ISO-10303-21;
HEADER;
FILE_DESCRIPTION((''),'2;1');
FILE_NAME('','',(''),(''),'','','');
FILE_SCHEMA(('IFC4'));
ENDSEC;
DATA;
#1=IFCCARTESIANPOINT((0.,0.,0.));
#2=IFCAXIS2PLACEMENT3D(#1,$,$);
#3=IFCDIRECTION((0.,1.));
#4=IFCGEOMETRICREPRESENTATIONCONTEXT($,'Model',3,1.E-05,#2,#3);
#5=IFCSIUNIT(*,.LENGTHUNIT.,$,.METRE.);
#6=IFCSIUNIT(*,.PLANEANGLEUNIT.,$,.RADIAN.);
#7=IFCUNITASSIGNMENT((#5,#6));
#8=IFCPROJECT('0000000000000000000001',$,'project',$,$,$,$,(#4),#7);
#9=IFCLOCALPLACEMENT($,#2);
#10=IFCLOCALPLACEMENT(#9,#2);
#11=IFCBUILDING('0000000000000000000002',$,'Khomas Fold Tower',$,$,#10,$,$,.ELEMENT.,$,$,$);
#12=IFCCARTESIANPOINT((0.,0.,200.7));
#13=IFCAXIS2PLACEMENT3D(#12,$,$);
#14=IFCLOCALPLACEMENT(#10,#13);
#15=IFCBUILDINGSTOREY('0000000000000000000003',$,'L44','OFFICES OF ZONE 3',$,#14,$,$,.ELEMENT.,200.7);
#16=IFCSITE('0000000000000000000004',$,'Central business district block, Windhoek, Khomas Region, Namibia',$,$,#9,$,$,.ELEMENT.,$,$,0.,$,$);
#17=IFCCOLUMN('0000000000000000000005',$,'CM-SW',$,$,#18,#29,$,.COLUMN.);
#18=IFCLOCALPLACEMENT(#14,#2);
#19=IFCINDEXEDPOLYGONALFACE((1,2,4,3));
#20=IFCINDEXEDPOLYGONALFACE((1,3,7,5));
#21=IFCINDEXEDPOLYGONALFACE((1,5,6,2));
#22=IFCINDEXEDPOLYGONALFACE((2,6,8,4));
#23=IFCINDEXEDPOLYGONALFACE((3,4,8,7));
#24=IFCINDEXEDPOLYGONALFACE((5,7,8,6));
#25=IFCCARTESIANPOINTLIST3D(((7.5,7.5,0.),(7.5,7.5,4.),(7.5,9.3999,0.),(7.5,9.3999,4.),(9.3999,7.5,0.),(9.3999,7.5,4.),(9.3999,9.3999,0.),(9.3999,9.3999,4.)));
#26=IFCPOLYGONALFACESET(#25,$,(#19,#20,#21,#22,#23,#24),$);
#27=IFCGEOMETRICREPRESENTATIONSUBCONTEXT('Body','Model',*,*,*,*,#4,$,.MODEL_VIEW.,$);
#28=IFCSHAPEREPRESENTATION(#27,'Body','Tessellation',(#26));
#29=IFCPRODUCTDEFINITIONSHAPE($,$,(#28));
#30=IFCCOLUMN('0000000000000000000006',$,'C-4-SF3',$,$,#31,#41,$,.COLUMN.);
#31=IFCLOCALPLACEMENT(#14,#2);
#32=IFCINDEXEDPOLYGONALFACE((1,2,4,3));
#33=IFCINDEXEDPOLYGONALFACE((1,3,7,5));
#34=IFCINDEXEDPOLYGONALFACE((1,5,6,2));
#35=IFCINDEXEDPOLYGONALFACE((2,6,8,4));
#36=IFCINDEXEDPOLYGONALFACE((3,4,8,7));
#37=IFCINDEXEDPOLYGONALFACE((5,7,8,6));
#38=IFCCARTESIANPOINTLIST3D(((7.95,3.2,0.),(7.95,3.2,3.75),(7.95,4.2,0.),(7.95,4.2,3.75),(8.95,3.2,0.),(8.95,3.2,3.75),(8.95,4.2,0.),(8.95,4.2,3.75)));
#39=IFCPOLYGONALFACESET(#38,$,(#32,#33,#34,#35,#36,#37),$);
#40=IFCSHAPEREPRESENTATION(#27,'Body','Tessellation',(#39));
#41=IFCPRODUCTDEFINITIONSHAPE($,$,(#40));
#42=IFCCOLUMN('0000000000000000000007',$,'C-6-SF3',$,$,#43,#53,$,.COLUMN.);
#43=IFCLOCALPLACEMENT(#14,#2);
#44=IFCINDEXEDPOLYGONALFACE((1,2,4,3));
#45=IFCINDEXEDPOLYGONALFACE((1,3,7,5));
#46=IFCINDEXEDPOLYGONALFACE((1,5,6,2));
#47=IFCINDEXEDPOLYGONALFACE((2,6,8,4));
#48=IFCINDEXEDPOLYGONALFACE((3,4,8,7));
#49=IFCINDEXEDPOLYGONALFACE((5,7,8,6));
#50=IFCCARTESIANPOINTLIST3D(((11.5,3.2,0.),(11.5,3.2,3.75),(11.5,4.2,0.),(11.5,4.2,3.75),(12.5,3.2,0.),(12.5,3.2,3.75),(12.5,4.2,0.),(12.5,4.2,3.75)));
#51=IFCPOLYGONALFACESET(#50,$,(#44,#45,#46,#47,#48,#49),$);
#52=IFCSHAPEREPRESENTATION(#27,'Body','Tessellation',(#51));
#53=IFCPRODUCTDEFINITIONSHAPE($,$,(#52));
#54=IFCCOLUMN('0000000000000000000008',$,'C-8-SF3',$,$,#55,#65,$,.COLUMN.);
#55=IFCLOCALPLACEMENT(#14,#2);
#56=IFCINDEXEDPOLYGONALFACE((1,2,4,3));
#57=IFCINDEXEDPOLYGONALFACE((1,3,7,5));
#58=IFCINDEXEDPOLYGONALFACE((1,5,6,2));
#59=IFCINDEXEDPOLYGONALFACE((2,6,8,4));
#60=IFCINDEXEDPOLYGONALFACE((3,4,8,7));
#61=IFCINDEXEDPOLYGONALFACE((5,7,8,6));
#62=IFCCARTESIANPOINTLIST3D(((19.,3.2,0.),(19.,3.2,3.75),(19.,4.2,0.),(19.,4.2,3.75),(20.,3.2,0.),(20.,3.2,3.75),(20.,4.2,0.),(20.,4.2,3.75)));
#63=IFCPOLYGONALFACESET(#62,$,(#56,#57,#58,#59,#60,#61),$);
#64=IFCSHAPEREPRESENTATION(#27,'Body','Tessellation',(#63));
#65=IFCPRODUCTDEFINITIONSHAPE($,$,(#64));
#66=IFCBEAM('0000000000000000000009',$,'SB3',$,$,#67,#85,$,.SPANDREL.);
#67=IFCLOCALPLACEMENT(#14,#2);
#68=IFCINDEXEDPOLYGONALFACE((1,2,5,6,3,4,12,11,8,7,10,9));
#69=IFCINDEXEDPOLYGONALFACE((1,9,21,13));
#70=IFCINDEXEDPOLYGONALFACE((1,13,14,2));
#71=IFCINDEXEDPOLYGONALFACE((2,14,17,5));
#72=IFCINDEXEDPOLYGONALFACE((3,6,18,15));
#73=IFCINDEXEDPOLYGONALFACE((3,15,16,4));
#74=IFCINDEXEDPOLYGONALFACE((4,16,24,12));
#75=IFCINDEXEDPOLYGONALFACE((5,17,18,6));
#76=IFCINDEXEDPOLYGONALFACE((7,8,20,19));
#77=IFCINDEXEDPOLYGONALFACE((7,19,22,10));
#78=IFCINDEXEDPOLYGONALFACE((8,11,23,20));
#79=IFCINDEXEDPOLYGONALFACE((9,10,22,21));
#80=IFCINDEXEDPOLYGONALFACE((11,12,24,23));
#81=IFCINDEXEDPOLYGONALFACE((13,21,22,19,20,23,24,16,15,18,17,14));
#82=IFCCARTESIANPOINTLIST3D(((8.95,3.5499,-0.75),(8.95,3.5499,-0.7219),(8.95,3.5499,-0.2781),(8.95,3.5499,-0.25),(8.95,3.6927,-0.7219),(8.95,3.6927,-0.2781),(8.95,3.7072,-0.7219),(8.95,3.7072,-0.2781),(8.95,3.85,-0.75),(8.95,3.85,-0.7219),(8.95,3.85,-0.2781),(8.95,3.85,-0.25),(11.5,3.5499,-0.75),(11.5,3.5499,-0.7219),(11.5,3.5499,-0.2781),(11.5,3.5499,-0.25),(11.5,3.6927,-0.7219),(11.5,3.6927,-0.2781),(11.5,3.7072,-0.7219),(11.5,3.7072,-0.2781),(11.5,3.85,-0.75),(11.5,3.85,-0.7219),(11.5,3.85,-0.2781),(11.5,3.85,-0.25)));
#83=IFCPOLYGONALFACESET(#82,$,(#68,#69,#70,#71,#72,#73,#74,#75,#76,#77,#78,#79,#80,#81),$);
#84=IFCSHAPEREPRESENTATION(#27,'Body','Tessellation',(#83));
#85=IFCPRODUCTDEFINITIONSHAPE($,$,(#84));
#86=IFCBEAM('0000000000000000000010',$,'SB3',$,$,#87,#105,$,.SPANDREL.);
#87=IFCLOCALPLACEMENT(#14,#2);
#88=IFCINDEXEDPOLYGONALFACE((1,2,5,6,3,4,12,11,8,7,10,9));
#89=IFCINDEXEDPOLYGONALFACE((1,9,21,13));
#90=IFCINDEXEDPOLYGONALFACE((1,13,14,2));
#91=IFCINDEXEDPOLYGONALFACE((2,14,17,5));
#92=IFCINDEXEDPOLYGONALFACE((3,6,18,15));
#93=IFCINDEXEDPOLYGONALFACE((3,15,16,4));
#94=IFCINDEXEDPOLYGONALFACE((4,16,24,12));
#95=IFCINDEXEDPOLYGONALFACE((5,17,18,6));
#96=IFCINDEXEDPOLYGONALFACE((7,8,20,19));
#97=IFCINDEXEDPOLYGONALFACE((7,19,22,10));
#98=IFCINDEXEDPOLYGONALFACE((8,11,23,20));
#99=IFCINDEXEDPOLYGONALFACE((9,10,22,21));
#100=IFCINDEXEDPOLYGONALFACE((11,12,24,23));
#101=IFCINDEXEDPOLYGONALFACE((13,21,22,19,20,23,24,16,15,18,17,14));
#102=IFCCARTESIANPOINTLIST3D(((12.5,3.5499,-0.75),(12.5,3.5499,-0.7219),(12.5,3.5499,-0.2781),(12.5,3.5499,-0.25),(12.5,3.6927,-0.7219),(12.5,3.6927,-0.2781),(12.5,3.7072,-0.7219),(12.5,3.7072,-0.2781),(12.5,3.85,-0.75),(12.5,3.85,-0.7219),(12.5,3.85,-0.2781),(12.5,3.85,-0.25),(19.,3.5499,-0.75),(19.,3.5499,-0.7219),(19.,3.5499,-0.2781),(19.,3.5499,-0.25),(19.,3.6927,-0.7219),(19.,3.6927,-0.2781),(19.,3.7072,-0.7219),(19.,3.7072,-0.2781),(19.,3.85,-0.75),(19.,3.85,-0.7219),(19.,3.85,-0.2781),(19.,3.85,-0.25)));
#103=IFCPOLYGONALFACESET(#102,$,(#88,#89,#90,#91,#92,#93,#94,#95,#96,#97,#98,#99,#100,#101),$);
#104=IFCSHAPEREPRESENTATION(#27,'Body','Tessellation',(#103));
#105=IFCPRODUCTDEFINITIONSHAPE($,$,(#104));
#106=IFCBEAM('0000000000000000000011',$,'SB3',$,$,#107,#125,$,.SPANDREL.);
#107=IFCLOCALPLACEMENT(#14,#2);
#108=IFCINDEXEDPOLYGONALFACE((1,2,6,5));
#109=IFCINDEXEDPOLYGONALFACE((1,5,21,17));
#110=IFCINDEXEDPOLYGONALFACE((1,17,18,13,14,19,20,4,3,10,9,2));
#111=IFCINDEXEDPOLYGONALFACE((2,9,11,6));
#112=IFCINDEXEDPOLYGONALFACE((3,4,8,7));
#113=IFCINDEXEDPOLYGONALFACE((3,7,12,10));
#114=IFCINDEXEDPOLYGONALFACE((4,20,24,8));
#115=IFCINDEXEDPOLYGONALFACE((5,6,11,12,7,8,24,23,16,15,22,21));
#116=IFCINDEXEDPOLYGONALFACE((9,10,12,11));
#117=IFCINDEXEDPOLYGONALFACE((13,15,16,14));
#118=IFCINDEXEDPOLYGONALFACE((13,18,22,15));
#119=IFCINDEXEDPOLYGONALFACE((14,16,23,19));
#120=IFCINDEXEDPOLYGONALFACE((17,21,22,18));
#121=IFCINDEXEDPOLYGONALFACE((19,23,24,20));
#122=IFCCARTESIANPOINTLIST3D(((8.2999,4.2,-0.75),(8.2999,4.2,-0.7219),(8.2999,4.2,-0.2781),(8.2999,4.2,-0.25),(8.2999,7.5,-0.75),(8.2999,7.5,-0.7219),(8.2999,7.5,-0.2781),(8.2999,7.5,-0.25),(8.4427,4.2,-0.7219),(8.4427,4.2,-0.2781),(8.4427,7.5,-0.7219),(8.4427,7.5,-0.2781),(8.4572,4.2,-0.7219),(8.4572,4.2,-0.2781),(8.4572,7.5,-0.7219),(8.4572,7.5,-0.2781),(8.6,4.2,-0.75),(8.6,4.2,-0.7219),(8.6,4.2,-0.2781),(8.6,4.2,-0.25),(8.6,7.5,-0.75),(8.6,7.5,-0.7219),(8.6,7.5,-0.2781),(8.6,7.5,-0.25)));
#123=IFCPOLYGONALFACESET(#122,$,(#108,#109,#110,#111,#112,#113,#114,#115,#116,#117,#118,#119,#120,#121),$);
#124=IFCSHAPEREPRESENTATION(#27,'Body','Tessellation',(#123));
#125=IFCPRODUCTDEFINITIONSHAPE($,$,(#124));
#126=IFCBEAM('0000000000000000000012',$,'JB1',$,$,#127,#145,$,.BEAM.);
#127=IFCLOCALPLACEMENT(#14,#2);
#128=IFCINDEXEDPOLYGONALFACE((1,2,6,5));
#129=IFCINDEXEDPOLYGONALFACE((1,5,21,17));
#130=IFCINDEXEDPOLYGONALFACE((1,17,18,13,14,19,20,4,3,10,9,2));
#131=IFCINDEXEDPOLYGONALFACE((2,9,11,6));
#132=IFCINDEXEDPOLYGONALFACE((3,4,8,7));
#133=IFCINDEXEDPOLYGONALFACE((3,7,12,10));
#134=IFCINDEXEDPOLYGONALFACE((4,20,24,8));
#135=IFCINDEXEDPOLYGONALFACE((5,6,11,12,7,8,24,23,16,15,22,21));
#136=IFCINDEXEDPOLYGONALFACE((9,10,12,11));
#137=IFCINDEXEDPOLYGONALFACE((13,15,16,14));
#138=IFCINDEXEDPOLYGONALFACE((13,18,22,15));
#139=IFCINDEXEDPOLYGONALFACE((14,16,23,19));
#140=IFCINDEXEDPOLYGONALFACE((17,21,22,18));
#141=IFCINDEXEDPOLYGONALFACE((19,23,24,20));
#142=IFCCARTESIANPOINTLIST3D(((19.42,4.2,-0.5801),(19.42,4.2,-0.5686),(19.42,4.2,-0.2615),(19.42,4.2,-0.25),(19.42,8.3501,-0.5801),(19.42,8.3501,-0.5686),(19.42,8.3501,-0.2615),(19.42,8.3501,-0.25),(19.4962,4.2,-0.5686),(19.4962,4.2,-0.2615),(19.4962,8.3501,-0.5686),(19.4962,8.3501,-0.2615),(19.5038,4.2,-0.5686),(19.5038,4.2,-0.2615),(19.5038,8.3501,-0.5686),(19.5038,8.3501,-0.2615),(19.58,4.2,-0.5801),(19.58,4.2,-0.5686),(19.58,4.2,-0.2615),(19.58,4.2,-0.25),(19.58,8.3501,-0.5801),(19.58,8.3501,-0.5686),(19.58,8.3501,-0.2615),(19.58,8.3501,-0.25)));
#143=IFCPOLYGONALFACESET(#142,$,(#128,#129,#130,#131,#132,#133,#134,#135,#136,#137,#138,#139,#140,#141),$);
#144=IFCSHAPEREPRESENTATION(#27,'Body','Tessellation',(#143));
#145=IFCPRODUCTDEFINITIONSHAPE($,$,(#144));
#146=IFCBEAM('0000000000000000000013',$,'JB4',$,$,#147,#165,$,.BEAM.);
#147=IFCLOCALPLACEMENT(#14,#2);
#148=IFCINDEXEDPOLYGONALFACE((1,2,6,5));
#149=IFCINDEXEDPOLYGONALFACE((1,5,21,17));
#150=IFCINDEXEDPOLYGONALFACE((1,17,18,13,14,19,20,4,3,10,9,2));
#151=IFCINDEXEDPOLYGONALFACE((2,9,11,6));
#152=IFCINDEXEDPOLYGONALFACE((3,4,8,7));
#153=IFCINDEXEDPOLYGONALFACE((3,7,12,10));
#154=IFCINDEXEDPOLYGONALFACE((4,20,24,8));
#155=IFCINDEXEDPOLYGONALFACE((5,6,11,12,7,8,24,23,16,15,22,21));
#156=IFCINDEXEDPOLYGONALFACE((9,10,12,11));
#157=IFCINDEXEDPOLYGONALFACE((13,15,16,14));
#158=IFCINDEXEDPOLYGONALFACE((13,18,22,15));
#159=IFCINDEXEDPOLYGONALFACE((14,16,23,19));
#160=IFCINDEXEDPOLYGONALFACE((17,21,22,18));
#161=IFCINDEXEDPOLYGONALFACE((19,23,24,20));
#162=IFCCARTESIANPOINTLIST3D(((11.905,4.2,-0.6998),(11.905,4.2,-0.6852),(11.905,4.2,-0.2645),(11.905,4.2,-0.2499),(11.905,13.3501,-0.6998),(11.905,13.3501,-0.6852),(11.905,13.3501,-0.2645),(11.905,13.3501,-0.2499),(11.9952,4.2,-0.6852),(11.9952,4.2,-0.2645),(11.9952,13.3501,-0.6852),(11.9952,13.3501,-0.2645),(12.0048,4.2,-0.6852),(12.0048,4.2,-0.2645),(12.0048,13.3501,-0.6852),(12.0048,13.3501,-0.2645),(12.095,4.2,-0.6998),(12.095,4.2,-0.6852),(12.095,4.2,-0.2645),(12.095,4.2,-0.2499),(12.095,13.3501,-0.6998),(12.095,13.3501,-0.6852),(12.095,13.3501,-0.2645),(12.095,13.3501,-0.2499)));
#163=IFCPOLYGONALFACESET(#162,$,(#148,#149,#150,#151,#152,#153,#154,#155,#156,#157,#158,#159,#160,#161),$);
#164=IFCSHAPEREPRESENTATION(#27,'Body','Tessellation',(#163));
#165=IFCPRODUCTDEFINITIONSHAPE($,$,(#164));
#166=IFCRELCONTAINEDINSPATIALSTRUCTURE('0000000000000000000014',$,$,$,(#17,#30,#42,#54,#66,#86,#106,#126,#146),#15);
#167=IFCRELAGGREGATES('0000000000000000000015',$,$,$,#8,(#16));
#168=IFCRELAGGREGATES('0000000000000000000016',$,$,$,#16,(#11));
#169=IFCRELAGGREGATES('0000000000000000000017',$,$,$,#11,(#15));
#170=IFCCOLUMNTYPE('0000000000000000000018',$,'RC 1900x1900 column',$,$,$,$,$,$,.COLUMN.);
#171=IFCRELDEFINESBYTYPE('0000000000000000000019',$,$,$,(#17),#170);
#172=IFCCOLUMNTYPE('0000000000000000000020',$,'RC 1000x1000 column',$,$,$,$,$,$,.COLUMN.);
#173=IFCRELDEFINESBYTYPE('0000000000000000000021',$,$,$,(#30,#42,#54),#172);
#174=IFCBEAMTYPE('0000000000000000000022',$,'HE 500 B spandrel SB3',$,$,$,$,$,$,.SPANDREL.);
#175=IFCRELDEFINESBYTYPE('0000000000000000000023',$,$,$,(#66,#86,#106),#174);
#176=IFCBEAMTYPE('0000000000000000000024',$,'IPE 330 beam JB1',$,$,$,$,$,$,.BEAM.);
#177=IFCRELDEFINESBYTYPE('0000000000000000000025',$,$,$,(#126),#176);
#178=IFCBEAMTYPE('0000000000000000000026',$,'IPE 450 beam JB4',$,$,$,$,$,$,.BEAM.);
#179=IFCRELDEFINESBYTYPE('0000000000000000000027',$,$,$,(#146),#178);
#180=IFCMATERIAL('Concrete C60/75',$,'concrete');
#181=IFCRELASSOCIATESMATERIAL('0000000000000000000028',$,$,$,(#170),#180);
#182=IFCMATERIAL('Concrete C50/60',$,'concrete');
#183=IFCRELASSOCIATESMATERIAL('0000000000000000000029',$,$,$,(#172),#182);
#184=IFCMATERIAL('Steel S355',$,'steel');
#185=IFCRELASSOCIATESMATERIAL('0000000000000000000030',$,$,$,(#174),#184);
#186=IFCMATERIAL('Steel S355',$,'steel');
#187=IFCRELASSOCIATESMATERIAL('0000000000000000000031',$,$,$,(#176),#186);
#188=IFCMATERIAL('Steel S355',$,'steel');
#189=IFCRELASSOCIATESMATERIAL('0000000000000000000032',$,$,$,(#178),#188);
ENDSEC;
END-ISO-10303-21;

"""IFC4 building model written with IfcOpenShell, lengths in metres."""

from ifc_helpers import new_model, si_unit, direction, frame, origin, origin_2d, place, context, subcontext, project, spatial, rectangle, i_section, extrude, source, transform, mapped, material, material_profile, profile_set, type_object, element, save


model = new_model("IFC4")

# Units and contexts
model_context = context("Model", 3, precision=1e-05, world=origin(), true_north=direction((0.0, 1.0)))
body_context = subcontext(model_context, "Body", "Model", "MODEL_VIEW")
ifc_project = project(units=[si_unit("LENGTHUNIT", "METRE"), si_unit("PLANEANGLEUNIT", "RADIAN")], contexts=[model_context])

# Site, building, storey
site_placement = place(None, origin())
site = spatial("IfcSite", under=ifc_project, at=site_placement, Name="Central business district block, Windhoek, Khomas Region, Namibia", CompositionType="ELEMENT", RefElevation=0.0)
building_placement = place(site_placement, origin())
building = spatial("IfcBuilding", under=site, at=building_placement, Name="Khomas Fold Tower", CompositionType="ELEMENT")
storey_placement = place(building_placement, frame((0.0, 0.0, 200.7)))
storey = spatial("IfcBuildingStorey", under=building, at=storey_placement, Name="L44", Description="OFFICES OF ZONE 3", CompositionType="ELEMENT", Elevation=200.7)

# Columns
ifc_material_1 = material(Name="Concrete C60/75", Category="concrete")
ifc_material_profile_1 = material_profile(ifc_material_1, rectangle(XDim=1.8999, YDim=1.8999, at=origin_2d()), Name="RC 1900x1900")
ifc_profile_set_1 = profile_set([ifc_material_profile_1], Name="Concrete C60/75")
column_type_1 = type_object("IfcColumnType", Name="RC 1900x1900 column", PredefinedType="COLUMN", material=ifc_profile_set_1)
shared_shape_1 = source(origin(), body_context, "Body", "SweptSolid", [
    extrude(rectangle(XDim=1.8999, YDim=1.8999, at=origin_2d()), origin(), (0.0, 0.0, 1.0), 4.0),
])
column_placement = place(storey_placement, frame((8.45, 8.45, 0.0), z_axis=(0.0, 0.0, 1.0), x_axis=(1.0, 0.0, 0.0)))
element("IfcColumn", 1, at=column_placement, inside=storey, type_object=column_type_1, Name="CM-SW", PredefinedType="COLUMN", context=body_context, shape_type="MappedRepresentation", body=[
    mapped(shared_shape_1, transform((0.0, 0.0, 0.0))),
])
ifc_material_2 = material(Name="Concrete C50/60", Category="concrete")
ifc_material_profile_2 = material_profile(ifc_material_2, rectangle(XDim=1.0, YDim=1.0, at=origin_2d()), Name="RC 1000x1000")
ifc_profile_set_2 = profile_set([ifc_material_profile_2], Name="Concrete C50/60")
column_type_2 = type_object("IfcColumnType", Name="RC 1000x1000 column", PredefinedType="COLUMN", material=ifc_profile_set_2)
shared_shape_2 = source(origin(), body_context, "Body", "SweptSolid", [
    extrude(rectangle(XDim=1.0, YDim=1.0, at=origin_2d()), origin(), (0.0, 0.0, 1.0), 3.75),
])
for number, where, z_axis, x_axis, name in (
    (2, (8.45, 3.7, 0.0), (0.0, 0.0, 1.0), (1.0, 0.0, 0.0), "C-4-SF3"),
    (3, (12.0, 3.7, 0.0), (0.0, 0.0, 1.0), (1.0, 0.0, 0.0), "C-6-SF3"),
    (4, (19.5, 3.7, 0.0), (0.0, 0.0, 1.0), (1.0, 0.0, 0.0), "C-8-SF3"),
):
    element("IfcColumn", number, at=place(storey_placement, frame(where, z_axis=z_axis, x_axis=x_axis)), inside=storey, type_object=column_type_2, Name=name, PredefinedType="COLUMN", context=body_context, shape_type="MappedRepresentation", body=[
        mapped(shared_shape_2, transform((0.0, 0.0, 0.0))),
    ])

# Beams
ifc_material_3 = material(Name="Steel S355", Category="steel")
ifc_material_profile_3 = material_profile(ifc_material_3, i_section(OverallWidth=0.3, OverallDepth=0.5, WebThickness=0.0144, FlangeThickness=0.0281, at=origin_2d()), Name="HE 500 B")
ifc_profile_set_3 = profile_set([ifc_material_profile_3], Name="Steel S355")
beam_type_1 = type_object("IfcBeamType", Name="HE 500 B spandrel SB3", PredefinedType="SPANDREL", material=ifc_profile_set_3)
shared_shape_3 = source(origin(), body_context, "Body", "SweptSolid", [
    extrude(i_section(OverallWidth=0.3, OverallDepth=0.5, WebThickness=0.0144, FlangeThickness=0.0281, at=origin_2d()), origin(), (0.0, 0.0, 1.0), 2.55),
])
beam_1_placement = place(storey_placement, frame((8.95, 3.7, -0.5), z_axis=(1.0, 0.0, 0.0), x_axis=(0.0, 1.0, 0.0)))
element("IfcBeam", 5, at=beam_1_placement, inside=storey, type_object=beam_type_1, Name="SB3", PredefinedType="SPANDREL", context=body_context, shape_type="MappedRepresentation", body=[
    mapped(shared_shape_3, transform((0.0, 0.0, 0.0))),
])
shared_shape_4 = source(origin(), body_context, "Body", "SweptSolid", [
    extrude(i_section(OverallWidth=0.3, OverallDepth=0.5, WebThickness=0.0144, FlangeThickness=0.0281, at=origin_2d()), origin(), (0.0, 0.0, 1.0), 6.5),
])
beam_2_placement = place(storey_placement, frame((12.5, 3.7, -0.5), z_axis=(1.0, 0.0, 0.0), x_axis=(0.0, 1.0, 0.0)))
element("IfcBeam", 6, at=beam_2_placement, inside=storey, type_object=beam_type_1, Name="SB3", PredefinedType="SPANDREL", context=body_context, shape_type="MappedRepresentation", body=[
    mapped(shared_shape_4, transform((0.0, 0.0, 0.0))),
])
shared_shape_5 = source(origin(), body_context, "Body", "SweptSolid", [
    extrude(i_section(OverallWidth=0.3, OverallDepth=0.5, WebThickness=0.0144, FlangeThickness=0.0281, at=origin_2d()), origin(), (0.0, 0.0, 1.0), 3.3),
])
beam_3_placement = place(storey_placement, frame((8.45, 4.2, -0.5), z_axis=(0.0, 1.0, 0.0), x_axis=(-1.0, 0.0, 0.0)))
element("IfcBeam", 7, at=beam_3_placement, inside=storey, type_object=beam_type_1, Name="SB3", PredefinedType="SPANDREL", context=body_context, shape_type="MappedRepresentation", body=[
    mapped(shared_shape_5, transform((0.0, 0.0, 0.0))),
])
ifc_material_4 = material(Name="Steel S355", Category="steel")
ifc_material_profile_4 = material_profile(ifc_material_4, i_section(OverallWidth=0.1599, OverallDepth=0.3301, WebThickness=0.0076, FlangeThickness=0.0115, at=origin_2d()), Name="IPE 330")
ifc_profile_set_4 = profile_set([ifc_material_profile_4], Name="Steel S355")
beam_type_2 = type_object("IfcBeamType", Name="IPE 330 beam JB1", PredefinedType="BEAM", material=ifc_profile_set_4)
shared_shape_6 = source(origin(), body_context, "Body", "SweptSolid", [
    extrude(i_section(OverallWidth=0.1599, OverallDepth=0.3301, WebThickness=0.0076, FlangeThickness=0.0115, at=origin_2d()), origin(), (0.0, 0.0, 1.0), 4.1501),
])
beam_4_placement = place(storey_placement, frame((19.5, 4.2, -0.415), z_axis=(0.0, 1.0, 0.0), x_axis=(-1.0, 0.0, 0.0)))
element("IfcBeam", 8, at=beam_4_placement, inside=storey, type_object=beam_type_2, Name="JB1", PredefinedType="BEAM", context=body_context, shape_type="MappedRepresentation", body=[
    mapped(shared_shape_6, transform((0.0, 0.0, 0.0))),
])
ifc_material_5 = material(Name="Steel S355", Category="steel")
ifc_material_profile_5 = material_profile(ifc_material_5, i_section(OverallWidth=0.1899, OverallDepth=0.45, WebThickness=0.0095, FlangeThickness=0.0146, at=origin_2d()), Name="IPE 450")
ifc_profile_set_5 = profile_set([ifc_material_profile_5], Name="Steel S355")
beam_type_3 = type_object("IfcBeamType", Name="IPE 450 beam JB4", PredefinedType="BEAM", material=ifc_profile_set_5)
shared_shape_7 = source(origin(), body_context, "Body", "SweptSolid", [
    extrude(i_section(OverallWidth=0.1899, OverallDepth=0.45, WebThickness=0.0095, FlangeThickness=0.0146, at=origin_2d()), origin(), (0.0, 0.0, 1.0), 9.1501),
])
beam_5_placement = place(storey_placement, frame((12.0, 4.2, -0.4749), z_axis=(0.0, 1.0, 0.0), x_axis=(-1.0, 0.0, 0.0)))
element("IfcBeam", 9, at=beam_5_placement, inside=storey, type_object=beam_type_3, Name="JB4", PredefinedType="BEAM", context=body_context, shape_type="MappedRepresentation", body=[
    mapped(shared_shape_7, transform((0.0, 0.0, 0.0))),
])

save(model, "model.ifc")
